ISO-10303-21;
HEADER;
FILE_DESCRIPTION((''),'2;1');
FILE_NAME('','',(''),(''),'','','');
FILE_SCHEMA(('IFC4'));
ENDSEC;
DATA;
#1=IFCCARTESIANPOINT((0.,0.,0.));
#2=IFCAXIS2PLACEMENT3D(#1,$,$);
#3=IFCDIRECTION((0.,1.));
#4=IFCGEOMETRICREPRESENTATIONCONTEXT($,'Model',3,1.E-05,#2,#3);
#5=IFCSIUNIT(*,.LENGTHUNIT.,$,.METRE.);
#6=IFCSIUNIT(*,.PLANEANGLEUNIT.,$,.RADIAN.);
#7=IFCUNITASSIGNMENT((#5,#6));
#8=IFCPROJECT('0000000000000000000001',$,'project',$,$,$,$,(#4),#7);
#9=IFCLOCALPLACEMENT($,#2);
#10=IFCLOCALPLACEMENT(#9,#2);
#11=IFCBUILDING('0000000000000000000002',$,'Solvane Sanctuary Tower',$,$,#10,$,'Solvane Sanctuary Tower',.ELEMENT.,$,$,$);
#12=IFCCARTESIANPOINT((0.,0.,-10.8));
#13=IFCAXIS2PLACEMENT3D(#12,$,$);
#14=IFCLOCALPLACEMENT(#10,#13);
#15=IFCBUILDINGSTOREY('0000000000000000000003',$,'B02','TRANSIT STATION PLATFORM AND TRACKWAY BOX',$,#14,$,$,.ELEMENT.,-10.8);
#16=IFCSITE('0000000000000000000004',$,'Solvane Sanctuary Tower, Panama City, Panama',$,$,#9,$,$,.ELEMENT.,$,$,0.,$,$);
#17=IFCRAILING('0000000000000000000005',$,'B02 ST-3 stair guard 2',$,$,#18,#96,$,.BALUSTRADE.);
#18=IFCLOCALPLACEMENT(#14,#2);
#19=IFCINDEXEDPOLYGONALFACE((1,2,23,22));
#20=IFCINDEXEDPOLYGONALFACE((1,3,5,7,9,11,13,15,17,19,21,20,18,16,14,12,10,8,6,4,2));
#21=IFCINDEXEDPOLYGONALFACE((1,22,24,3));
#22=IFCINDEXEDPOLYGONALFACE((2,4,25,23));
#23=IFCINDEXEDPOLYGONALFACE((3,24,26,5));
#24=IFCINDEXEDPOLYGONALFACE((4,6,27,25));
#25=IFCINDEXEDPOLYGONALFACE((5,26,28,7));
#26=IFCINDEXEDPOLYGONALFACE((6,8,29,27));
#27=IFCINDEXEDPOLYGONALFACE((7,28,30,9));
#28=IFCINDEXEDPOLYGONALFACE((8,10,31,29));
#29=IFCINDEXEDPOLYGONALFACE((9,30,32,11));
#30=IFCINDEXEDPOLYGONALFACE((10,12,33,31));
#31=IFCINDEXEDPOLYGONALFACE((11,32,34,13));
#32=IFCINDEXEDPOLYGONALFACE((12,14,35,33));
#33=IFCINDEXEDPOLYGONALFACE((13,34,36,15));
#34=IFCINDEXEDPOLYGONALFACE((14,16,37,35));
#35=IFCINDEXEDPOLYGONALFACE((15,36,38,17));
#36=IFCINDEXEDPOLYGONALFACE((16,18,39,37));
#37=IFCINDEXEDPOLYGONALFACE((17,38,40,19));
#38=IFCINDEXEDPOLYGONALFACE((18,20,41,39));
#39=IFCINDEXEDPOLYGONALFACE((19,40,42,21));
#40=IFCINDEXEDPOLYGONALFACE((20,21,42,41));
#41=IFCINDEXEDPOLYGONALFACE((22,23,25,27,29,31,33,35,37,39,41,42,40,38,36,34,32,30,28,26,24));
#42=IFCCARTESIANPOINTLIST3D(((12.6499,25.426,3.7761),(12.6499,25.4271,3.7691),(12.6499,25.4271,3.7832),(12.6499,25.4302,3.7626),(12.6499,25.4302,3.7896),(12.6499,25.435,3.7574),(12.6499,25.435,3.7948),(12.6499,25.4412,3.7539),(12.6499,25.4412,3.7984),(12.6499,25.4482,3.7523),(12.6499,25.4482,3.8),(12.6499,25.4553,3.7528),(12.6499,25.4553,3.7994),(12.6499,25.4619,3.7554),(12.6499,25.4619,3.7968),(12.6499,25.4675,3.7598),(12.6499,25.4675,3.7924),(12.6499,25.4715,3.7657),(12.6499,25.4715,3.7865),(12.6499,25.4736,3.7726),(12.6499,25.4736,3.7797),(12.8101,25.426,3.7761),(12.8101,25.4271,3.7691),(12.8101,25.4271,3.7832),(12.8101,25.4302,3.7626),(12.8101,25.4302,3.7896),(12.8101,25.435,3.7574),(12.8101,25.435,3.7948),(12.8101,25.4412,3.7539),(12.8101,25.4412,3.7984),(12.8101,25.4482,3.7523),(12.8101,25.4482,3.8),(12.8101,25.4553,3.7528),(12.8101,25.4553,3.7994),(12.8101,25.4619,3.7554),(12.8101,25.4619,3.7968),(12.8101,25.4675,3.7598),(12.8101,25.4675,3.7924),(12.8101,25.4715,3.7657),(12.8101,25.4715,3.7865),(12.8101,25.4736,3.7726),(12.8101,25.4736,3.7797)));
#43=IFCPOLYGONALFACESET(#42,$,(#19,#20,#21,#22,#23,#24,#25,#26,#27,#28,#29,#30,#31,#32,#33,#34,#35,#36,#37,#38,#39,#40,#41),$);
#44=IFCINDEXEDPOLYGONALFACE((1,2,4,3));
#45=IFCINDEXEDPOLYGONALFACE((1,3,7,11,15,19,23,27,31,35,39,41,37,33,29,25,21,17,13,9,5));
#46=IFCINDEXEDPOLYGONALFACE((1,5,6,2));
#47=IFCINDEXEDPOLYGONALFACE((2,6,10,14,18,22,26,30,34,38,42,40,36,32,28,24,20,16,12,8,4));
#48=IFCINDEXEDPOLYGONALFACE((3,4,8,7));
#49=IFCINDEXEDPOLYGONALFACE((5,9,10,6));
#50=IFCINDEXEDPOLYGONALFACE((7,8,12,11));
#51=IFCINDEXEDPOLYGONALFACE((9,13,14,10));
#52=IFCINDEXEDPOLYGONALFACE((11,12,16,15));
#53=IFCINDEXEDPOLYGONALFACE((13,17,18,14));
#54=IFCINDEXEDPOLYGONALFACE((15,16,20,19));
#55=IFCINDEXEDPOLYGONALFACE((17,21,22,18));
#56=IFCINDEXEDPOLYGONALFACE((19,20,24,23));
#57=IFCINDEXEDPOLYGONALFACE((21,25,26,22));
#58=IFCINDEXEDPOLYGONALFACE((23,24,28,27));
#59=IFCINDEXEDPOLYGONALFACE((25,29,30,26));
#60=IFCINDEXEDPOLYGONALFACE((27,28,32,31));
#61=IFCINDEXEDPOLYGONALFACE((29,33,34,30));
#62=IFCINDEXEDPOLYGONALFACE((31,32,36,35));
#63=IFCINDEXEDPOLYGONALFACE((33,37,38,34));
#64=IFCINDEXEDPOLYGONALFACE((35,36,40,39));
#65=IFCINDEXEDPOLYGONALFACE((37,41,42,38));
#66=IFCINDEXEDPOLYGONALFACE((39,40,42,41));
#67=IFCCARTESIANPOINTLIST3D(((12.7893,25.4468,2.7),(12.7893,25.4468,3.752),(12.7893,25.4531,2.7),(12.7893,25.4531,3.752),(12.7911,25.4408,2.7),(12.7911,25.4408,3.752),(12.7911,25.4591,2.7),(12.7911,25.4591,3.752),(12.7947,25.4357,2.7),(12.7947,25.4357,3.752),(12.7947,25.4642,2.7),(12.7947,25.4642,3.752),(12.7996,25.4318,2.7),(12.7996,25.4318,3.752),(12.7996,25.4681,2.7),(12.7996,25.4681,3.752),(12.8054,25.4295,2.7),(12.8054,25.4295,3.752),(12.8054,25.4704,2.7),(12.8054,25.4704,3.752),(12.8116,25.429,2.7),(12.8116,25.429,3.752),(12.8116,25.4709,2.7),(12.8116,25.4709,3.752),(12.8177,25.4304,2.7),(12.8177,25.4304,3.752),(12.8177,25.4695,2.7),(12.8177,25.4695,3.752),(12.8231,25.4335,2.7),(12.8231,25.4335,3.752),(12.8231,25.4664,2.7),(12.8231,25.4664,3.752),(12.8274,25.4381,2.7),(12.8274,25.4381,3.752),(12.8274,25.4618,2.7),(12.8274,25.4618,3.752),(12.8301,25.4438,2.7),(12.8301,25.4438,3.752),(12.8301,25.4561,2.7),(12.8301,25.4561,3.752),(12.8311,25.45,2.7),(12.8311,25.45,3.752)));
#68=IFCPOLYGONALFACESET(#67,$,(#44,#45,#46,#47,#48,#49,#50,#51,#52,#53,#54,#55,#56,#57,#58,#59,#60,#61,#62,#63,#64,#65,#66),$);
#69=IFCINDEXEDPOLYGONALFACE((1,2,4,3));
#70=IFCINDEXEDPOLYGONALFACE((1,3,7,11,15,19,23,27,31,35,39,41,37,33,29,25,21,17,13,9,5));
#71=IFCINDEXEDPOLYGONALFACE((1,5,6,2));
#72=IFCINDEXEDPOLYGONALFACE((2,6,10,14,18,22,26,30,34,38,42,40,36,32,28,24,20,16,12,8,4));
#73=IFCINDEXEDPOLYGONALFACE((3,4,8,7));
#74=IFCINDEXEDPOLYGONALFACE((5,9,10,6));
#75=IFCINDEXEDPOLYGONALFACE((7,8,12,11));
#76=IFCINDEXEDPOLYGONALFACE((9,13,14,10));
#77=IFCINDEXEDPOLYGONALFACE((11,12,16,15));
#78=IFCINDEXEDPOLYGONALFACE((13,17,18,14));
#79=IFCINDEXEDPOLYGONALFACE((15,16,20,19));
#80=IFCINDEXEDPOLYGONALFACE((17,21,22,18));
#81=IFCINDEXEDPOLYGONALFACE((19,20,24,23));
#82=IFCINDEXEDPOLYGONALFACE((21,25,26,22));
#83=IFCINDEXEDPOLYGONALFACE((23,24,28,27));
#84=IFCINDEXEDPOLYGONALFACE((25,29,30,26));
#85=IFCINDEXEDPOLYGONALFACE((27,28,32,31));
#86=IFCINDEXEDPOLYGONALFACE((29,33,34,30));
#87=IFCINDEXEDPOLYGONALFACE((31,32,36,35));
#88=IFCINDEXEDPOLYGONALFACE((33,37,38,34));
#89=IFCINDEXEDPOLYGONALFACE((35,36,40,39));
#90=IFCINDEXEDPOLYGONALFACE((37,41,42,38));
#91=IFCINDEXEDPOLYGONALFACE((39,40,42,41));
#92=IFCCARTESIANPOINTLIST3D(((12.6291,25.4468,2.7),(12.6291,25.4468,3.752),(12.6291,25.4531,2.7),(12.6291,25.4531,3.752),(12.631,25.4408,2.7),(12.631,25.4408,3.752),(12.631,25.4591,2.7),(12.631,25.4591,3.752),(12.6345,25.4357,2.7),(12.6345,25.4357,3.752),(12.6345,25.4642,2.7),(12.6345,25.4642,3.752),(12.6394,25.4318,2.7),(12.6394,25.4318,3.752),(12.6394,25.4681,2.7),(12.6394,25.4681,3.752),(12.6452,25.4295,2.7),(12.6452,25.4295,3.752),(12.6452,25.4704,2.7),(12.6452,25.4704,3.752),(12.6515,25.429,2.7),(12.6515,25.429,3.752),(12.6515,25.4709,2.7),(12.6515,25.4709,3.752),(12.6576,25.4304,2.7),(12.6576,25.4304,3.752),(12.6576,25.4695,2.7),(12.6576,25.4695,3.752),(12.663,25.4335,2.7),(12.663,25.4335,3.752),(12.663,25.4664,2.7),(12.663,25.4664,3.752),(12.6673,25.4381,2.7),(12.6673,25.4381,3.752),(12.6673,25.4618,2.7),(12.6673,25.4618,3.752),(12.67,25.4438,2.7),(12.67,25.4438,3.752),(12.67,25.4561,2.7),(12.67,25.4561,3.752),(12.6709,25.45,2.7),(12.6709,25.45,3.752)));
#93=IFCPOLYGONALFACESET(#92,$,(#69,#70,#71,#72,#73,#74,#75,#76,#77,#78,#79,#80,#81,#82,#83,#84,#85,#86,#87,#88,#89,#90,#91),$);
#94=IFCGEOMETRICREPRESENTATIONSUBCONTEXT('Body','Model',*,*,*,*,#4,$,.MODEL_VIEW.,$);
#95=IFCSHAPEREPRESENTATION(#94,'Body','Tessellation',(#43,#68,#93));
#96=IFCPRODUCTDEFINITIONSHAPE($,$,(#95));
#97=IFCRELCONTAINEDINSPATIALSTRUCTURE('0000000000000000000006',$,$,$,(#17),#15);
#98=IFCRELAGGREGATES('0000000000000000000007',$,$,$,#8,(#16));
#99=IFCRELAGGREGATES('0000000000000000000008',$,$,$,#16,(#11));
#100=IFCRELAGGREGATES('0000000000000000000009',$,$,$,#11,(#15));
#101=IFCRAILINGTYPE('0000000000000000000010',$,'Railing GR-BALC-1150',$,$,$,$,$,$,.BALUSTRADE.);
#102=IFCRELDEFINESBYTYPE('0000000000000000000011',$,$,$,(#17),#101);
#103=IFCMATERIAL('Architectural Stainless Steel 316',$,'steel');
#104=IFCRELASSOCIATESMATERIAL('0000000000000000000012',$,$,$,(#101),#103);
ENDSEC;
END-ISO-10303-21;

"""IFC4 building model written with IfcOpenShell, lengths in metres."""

from ifc_helpers import new_model, si_unit, direction, frame, origin, origin_2d, place, context, subcontext, project, spatial, circle, extrude, material, type_object, element, save


model = new_model("IFC4")

# Units and contexts
model_context = context("Model", 3, precision=1e-05, world=origin(), true_north=direction((0.0, 1.0)))
body_context = subcontext(model_context, "Body", "Model", "MODEL_VIEW")
ifc_project = project(units=[si_unit("LENGTHUNIT", "METRE"), si_unit("PLANEANGLEUNIT", "RADIAN")], contexts=[model_context])

# Site, building, storey
site_placement = place(None, origin())
site = spatial("IfcSite", under=ifc_project, at=site_placement, Name="Solvane Sanctuary Tower, Panama City, Panama", CompositionType="ELEMENT", RefElevation=0.0)
building_placement = place(site_placement, origin())
building = spatial("IfcBuilding", under=site, at=building_placement, Name="Solvane Sanctuary Tower", LongName="Solvane Sanctuary Tower", CompositionType="ELEMENT")
storey_placement = place(building_placement, frame((0.0, 0.0, -10.8)))
storey = spatial("IfcBuildingStorey", under=building, at=storey_placement, Name="B02", Description="TRANSIT STATION PLATFORM AND TRACKWAY BOX", CompositionType="ELEMENT", Elevation=-10.8)

# Shared definitions
ifc_material_1 = material(Name="Architectural Stainless Steel 316", Category="steel")

# Railing
railing_type_1 = type_object("IfcRailingType", Name="Railing GR-BALC-1150", PredefinedType="BALUSTRADE", material=ifc_material_1)
railing_1_placement = place(storey_placement, frame((12.8101, 25.45, 2.7)))
element("IfcRailing", 1, at=railing_1_placement, inside=storey, type_object=railing_type_1, Name="B02 ST-3 stair guard 2", PredefinedType="BALUSTRADE", context=body_context, shape_type="SweptSolid", body=[
    extrude(circle(Radius=0.0239, at=origin_2d()), frame((0.0, 0.0, 1.0762), z_axis=(-1.0, 0.0, 0.0), x_axis=(0.0, -1.0, 0.0)), (0.0, 0.0, 1.0), 0.1602),
    extrude(circle(Radius=0.021, at=origin_2d()), origin(), (0.0, 0.0, 1.0), 1.052),
    extrude(circle(Radius=0.021, at=origin_2d()), frame((-0.1602, 0.0, 0.0)), (0.0, 0.0, 1.0), 1.052),
])

save(model, "model.ifc")
